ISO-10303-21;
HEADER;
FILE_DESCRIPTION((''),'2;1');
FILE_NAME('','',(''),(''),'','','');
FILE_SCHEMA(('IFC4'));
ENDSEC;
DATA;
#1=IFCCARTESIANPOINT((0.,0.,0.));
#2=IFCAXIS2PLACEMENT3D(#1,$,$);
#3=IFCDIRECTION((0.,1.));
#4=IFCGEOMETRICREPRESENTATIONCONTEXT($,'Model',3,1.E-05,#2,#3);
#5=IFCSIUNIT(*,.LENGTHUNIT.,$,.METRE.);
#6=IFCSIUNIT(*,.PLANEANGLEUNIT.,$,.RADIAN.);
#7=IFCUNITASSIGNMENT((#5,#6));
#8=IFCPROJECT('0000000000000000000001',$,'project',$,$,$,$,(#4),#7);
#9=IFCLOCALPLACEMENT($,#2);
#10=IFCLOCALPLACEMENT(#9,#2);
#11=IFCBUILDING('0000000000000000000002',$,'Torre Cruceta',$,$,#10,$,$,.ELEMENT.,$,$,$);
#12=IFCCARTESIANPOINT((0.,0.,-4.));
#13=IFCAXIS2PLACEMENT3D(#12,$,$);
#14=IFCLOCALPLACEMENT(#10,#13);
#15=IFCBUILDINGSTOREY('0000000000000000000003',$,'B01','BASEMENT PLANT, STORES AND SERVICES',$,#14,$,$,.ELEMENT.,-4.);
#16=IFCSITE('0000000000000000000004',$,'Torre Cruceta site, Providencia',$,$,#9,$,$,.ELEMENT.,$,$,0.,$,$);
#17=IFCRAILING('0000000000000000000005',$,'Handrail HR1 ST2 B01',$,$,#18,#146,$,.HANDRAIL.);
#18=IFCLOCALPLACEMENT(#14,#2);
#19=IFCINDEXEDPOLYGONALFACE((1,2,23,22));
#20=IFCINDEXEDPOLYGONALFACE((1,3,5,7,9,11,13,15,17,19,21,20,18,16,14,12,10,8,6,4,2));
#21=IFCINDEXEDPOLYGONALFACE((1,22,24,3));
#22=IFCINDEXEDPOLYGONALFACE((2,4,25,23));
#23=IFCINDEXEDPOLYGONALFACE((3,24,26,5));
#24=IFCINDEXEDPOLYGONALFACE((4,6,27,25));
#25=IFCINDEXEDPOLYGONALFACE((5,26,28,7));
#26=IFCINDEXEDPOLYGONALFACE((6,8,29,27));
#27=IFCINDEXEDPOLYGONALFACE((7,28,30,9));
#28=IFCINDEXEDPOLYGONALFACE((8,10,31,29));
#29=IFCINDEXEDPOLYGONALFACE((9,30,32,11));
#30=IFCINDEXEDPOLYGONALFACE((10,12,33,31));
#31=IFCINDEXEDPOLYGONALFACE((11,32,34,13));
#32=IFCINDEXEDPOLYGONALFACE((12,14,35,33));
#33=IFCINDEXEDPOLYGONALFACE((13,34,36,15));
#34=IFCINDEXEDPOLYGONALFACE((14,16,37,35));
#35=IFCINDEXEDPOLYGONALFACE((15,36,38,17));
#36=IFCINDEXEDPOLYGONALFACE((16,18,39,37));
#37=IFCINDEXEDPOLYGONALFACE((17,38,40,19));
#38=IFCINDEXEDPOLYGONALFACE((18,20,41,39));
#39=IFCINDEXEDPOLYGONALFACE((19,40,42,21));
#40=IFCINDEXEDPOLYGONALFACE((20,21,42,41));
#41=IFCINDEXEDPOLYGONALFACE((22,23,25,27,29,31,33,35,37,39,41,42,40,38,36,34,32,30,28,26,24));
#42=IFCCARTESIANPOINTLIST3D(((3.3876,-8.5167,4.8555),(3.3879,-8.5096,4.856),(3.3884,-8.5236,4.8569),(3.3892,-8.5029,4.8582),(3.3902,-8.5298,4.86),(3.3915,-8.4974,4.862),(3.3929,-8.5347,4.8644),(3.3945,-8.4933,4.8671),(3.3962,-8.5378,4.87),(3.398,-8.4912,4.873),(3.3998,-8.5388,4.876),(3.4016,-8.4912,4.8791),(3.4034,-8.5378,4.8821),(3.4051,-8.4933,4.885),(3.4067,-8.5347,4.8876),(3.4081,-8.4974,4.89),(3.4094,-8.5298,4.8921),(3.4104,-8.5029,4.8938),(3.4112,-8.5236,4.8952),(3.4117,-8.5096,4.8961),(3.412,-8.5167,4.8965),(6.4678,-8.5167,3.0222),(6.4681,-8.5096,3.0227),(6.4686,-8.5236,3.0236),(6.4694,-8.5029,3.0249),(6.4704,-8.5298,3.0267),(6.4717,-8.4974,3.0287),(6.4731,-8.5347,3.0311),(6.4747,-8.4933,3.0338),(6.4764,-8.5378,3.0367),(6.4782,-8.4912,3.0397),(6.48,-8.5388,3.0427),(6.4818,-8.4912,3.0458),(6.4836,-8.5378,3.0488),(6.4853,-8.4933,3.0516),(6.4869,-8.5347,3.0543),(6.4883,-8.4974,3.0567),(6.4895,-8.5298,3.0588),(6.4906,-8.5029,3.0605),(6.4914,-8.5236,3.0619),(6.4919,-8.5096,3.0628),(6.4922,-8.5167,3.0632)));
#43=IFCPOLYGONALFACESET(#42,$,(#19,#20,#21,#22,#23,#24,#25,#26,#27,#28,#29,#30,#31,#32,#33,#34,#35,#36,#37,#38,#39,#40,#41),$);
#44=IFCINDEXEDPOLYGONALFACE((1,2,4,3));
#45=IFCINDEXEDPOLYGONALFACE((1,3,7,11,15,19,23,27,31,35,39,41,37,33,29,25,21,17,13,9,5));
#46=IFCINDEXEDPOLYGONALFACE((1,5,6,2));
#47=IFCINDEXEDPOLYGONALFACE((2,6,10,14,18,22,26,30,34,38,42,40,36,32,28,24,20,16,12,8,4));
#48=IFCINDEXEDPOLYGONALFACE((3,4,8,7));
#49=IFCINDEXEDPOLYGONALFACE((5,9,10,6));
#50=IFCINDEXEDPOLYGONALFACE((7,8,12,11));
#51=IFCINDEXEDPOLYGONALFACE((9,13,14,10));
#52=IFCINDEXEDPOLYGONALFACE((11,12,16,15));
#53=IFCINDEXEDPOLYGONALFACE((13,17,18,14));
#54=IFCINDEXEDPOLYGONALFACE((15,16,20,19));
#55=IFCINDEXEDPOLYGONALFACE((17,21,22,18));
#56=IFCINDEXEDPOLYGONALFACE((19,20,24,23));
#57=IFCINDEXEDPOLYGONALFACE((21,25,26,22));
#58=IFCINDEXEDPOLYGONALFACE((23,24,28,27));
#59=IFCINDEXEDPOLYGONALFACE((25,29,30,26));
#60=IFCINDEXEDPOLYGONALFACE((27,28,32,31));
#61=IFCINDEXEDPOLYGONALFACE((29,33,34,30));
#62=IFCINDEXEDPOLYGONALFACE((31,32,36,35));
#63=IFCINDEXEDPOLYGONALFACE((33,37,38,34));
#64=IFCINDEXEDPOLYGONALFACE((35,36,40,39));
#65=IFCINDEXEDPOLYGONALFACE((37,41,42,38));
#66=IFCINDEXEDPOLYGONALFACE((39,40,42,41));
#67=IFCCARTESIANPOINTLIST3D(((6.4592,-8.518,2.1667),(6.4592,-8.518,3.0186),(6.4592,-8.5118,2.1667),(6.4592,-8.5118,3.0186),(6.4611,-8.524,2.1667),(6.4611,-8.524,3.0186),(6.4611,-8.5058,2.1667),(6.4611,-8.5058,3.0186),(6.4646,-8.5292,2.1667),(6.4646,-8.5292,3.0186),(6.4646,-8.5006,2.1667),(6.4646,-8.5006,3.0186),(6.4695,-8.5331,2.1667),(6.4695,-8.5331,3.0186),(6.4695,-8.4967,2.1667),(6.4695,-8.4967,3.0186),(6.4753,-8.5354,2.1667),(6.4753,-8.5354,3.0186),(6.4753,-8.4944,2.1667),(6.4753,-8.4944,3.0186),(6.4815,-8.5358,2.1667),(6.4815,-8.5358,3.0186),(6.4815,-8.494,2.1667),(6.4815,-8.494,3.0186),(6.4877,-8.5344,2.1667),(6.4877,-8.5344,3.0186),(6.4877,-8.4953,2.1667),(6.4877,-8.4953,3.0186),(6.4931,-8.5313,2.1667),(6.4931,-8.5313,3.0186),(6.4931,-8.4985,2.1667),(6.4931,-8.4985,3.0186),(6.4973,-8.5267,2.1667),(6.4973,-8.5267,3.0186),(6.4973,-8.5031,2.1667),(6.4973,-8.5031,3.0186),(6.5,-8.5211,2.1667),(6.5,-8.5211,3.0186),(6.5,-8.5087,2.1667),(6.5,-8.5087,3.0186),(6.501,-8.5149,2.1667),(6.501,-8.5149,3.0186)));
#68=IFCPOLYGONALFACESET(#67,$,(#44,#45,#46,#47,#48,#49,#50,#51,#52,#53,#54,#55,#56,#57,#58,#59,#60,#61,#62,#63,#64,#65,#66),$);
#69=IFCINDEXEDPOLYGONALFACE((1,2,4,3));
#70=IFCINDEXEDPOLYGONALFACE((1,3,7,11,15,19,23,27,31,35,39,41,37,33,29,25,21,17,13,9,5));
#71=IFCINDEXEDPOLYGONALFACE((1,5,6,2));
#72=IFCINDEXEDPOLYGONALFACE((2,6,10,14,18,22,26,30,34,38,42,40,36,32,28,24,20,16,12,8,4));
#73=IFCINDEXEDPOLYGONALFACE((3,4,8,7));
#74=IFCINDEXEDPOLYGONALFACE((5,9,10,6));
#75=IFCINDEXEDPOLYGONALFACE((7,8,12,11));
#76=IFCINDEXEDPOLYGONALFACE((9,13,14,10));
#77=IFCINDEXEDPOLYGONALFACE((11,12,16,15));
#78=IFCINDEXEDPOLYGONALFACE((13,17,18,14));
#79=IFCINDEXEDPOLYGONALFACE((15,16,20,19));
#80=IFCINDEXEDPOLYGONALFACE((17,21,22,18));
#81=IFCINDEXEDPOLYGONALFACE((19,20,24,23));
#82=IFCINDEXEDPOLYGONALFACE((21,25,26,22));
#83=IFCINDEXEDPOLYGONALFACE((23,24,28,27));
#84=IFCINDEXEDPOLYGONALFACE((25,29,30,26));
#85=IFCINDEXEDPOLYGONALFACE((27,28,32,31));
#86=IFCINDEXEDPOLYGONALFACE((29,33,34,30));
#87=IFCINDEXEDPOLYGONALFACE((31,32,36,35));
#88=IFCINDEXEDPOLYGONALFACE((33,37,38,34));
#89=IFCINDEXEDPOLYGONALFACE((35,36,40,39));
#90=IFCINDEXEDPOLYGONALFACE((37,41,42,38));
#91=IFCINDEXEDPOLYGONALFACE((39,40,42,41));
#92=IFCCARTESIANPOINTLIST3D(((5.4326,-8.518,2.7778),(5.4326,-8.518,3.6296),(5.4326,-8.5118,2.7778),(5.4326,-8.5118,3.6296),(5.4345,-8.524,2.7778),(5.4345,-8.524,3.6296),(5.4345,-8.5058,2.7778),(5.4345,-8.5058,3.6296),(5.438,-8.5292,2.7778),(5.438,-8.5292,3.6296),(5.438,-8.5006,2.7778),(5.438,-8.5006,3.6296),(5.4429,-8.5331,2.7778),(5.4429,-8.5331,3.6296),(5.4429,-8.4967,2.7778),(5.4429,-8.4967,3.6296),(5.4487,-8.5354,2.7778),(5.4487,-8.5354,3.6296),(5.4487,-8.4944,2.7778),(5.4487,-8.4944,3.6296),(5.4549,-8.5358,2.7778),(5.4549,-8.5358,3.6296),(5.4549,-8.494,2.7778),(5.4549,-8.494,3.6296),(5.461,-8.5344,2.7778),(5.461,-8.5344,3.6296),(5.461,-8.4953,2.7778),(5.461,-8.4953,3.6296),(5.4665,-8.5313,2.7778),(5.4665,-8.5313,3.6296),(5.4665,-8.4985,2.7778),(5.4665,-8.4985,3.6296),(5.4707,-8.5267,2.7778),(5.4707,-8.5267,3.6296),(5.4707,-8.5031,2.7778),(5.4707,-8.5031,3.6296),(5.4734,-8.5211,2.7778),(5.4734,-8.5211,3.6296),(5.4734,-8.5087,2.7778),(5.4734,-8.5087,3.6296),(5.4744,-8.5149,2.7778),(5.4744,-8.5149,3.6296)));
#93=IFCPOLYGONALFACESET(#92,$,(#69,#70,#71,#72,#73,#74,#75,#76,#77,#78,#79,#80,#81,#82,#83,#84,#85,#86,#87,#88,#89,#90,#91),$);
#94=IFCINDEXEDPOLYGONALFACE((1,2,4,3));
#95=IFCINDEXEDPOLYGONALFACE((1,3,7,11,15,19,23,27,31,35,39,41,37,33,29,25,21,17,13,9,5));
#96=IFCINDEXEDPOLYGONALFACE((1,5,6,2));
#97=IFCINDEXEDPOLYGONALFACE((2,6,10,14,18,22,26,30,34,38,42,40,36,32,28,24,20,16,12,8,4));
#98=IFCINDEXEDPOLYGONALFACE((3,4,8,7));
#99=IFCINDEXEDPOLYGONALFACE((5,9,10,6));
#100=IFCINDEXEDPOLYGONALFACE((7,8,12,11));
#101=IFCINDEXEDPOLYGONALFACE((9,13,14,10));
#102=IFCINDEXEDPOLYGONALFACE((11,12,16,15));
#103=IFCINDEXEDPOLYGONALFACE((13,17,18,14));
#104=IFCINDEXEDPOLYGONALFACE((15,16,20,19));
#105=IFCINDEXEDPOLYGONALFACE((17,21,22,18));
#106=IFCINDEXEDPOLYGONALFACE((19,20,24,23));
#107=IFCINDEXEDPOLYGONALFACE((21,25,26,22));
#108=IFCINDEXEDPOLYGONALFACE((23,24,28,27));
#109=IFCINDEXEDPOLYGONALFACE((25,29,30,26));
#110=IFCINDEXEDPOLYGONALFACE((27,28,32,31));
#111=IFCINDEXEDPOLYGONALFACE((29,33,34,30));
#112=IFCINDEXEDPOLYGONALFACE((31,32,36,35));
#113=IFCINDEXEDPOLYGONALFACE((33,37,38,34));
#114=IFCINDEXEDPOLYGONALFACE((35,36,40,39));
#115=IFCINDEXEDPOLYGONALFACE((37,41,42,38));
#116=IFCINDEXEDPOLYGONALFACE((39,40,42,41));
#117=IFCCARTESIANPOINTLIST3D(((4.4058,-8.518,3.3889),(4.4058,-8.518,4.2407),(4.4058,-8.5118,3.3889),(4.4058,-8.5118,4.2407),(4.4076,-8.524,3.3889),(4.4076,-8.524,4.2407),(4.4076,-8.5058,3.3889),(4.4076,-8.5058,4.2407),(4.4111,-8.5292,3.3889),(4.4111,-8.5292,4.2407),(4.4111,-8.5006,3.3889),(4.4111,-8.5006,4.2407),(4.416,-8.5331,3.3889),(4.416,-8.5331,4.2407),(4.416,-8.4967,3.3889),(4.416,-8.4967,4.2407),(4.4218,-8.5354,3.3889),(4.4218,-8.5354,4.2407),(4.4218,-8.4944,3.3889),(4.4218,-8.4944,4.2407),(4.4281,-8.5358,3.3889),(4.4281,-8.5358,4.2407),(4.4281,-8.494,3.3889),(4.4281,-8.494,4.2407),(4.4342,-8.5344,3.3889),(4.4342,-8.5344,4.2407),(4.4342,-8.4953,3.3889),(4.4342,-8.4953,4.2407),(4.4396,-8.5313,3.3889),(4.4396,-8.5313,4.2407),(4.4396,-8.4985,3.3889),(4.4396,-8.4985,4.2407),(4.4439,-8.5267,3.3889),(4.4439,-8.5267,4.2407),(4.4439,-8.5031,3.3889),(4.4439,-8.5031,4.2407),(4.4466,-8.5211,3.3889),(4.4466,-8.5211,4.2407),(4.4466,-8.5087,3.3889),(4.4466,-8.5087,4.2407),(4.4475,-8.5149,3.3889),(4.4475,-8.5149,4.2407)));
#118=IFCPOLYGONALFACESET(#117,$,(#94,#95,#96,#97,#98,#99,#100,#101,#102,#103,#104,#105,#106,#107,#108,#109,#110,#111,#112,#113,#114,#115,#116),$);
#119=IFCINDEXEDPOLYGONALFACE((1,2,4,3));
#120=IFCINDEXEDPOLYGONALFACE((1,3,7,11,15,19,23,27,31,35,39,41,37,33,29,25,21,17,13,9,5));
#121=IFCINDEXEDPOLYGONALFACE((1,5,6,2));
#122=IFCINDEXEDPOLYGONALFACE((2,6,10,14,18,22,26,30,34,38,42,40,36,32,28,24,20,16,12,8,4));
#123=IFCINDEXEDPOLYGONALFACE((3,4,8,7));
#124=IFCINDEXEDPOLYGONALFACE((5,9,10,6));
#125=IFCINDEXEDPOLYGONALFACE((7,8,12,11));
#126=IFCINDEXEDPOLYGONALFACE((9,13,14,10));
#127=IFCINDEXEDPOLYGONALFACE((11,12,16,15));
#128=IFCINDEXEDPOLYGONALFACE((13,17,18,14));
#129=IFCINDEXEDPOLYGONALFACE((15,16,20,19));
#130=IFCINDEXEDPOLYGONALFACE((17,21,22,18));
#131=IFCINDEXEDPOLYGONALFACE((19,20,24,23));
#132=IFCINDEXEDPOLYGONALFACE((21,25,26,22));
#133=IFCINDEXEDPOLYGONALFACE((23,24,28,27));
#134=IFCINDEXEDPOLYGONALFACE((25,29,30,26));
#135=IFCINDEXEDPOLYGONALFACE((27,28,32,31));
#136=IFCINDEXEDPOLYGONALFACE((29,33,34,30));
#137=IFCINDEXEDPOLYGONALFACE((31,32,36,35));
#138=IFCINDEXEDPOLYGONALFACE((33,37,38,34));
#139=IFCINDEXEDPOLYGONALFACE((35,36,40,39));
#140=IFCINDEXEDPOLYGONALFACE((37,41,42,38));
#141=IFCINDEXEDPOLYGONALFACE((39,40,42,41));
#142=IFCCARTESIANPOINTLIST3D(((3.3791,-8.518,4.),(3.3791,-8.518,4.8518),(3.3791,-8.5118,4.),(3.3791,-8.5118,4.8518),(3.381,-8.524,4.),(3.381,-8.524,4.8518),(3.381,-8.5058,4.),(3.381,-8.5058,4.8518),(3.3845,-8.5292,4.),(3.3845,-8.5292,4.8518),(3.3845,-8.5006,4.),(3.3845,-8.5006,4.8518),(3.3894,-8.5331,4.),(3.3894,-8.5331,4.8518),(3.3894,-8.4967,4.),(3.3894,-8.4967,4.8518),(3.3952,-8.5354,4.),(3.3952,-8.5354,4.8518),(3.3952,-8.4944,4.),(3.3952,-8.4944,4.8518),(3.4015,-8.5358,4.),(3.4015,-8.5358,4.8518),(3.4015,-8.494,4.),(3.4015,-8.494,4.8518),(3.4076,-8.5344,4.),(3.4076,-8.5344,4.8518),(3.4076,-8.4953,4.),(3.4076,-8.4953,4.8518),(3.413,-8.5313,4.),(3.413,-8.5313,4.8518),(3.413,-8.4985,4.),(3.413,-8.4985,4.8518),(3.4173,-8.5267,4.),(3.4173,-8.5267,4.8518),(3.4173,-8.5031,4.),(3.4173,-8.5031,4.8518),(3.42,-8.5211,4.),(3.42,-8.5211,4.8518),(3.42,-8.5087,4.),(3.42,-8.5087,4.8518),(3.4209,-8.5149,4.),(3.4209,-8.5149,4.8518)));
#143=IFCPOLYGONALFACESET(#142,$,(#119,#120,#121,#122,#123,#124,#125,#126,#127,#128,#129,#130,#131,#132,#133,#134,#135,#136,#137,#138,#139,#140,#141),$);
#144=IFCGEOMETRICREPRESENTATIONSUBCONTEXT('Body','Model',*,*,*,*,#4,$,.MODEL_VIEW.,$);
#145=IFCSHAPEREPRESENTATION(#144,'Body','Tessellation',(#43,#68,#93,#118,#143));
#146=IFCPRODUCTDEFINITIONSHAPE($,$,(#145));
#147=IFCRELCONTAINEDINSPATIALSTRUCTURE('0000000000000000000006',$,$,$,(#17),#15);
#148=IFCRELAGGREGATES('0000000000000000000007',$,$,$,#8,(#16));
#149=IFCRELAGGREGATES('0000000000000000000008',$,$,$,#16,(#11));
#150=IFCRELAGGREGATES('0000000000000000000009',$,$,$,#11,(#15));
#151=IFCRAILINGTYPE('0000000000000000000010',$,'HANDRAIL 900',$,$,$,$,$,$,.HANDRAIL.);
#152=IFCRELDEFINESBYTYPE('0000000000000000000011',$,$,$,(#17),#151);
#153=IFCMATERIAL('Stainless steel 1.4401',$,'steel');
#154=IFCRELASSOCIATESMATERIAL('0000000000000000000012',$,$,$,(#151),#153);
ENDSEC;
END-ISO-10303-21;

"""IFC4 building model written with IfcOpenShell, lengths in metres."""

from ifc_helpers import new_model, si_unit, direction, frame, origin, origin_2d, place, context, subcontext, project, spatial, circle, extrude, material, type_object, element, save


model = new_model("IFC4")

# Units and contexts
model_context = context("Model", 3, precision=1e-05, world=origin(), true_north=direction((0.0, 1.0)))
body_context = subcontext(model_context, "Body", "Model", "MODEL_VIEW")
ifc_project = project(units=[si_unit("LENGTHUNIT", "METRE"), si_unit("PLANEANGLEUNIT", "RADIAN")], contexts=[model_context])

# Site, building, storey
site_placement = place(None, origin())
site = spatial("IfcSite", under=ifc_project, at=site_placement, Name="Torre Cruceta site, Providencia", CompositionType="ELEMENT", RefElevation=0.0)
building_placement = place(site_placement, origin())
building = spatial("IfcBuilding", under=site, at=building_placement, Name="Torre Cruceta", CompositionType="ELEMENT")
storey_placement = place(building_placement, frame((0.0, 0.0, -4.0)))
storey = spatial("IfcBuildingStorey", under=building, at=storey_placement, Name="B01", Description="BASEMENT PLANT, STORES AND SERVICES", CompositionType="ELEMENT", Elevation=-4.0)

# Railing
ifc_material_1 = material(Name="Stainless steel 1.4401", Category="steel")
railing_type = type_object("IfcRailingType", Name="HANDRAIL 900", PredefinedType="HANDRAIL", material=ifc_material_1)
railing_1_placement = place(storey_placement, frame((6.48, -8.5149, 2.1667)))
element("IfcRailing", 1, at=railing_1_placement, inside=storey, type_object=railing_type, Name="Handrail HR1 ST2 B01", PredefinedType="HANDRAIL", context=body_context, shape_type="SweptSolid", body=[
    extrude(circle(Radius=0.0239, at=origin_2d()), frame((0.0, 0.0, 0.876), z_axis=(-0.859309, 0.0, 0.511458), x_axis=(0.0, -1.0, 0.0)), (0.0, 0.0, 1.0), 3.5845),
    extrude(circle(Radius=0.021, at=origin_2d()), origin(), (0.0, 0.0, 1.0), 0.8518),
    extrude(circle(Radius=0.021, at=origin_2d()), frame((-1.0266, 0.0, 0.6111)), (0.0, 0.0, 1.0), 0.8518),
    extrude(circle(Radius=0.021, at=origin_2d()), frame((-2.0535, 0.0, 1.2222)), (0.0, 0.0, 1.0), 0.8518),
    extrude(circle(Radius=0.021, at=origin_2d()), frame((-3.0801, 0.0, 1.8333)), (0.0, 0.0, 1.0), 0.8518),
])

save(model, "model.ifc")
